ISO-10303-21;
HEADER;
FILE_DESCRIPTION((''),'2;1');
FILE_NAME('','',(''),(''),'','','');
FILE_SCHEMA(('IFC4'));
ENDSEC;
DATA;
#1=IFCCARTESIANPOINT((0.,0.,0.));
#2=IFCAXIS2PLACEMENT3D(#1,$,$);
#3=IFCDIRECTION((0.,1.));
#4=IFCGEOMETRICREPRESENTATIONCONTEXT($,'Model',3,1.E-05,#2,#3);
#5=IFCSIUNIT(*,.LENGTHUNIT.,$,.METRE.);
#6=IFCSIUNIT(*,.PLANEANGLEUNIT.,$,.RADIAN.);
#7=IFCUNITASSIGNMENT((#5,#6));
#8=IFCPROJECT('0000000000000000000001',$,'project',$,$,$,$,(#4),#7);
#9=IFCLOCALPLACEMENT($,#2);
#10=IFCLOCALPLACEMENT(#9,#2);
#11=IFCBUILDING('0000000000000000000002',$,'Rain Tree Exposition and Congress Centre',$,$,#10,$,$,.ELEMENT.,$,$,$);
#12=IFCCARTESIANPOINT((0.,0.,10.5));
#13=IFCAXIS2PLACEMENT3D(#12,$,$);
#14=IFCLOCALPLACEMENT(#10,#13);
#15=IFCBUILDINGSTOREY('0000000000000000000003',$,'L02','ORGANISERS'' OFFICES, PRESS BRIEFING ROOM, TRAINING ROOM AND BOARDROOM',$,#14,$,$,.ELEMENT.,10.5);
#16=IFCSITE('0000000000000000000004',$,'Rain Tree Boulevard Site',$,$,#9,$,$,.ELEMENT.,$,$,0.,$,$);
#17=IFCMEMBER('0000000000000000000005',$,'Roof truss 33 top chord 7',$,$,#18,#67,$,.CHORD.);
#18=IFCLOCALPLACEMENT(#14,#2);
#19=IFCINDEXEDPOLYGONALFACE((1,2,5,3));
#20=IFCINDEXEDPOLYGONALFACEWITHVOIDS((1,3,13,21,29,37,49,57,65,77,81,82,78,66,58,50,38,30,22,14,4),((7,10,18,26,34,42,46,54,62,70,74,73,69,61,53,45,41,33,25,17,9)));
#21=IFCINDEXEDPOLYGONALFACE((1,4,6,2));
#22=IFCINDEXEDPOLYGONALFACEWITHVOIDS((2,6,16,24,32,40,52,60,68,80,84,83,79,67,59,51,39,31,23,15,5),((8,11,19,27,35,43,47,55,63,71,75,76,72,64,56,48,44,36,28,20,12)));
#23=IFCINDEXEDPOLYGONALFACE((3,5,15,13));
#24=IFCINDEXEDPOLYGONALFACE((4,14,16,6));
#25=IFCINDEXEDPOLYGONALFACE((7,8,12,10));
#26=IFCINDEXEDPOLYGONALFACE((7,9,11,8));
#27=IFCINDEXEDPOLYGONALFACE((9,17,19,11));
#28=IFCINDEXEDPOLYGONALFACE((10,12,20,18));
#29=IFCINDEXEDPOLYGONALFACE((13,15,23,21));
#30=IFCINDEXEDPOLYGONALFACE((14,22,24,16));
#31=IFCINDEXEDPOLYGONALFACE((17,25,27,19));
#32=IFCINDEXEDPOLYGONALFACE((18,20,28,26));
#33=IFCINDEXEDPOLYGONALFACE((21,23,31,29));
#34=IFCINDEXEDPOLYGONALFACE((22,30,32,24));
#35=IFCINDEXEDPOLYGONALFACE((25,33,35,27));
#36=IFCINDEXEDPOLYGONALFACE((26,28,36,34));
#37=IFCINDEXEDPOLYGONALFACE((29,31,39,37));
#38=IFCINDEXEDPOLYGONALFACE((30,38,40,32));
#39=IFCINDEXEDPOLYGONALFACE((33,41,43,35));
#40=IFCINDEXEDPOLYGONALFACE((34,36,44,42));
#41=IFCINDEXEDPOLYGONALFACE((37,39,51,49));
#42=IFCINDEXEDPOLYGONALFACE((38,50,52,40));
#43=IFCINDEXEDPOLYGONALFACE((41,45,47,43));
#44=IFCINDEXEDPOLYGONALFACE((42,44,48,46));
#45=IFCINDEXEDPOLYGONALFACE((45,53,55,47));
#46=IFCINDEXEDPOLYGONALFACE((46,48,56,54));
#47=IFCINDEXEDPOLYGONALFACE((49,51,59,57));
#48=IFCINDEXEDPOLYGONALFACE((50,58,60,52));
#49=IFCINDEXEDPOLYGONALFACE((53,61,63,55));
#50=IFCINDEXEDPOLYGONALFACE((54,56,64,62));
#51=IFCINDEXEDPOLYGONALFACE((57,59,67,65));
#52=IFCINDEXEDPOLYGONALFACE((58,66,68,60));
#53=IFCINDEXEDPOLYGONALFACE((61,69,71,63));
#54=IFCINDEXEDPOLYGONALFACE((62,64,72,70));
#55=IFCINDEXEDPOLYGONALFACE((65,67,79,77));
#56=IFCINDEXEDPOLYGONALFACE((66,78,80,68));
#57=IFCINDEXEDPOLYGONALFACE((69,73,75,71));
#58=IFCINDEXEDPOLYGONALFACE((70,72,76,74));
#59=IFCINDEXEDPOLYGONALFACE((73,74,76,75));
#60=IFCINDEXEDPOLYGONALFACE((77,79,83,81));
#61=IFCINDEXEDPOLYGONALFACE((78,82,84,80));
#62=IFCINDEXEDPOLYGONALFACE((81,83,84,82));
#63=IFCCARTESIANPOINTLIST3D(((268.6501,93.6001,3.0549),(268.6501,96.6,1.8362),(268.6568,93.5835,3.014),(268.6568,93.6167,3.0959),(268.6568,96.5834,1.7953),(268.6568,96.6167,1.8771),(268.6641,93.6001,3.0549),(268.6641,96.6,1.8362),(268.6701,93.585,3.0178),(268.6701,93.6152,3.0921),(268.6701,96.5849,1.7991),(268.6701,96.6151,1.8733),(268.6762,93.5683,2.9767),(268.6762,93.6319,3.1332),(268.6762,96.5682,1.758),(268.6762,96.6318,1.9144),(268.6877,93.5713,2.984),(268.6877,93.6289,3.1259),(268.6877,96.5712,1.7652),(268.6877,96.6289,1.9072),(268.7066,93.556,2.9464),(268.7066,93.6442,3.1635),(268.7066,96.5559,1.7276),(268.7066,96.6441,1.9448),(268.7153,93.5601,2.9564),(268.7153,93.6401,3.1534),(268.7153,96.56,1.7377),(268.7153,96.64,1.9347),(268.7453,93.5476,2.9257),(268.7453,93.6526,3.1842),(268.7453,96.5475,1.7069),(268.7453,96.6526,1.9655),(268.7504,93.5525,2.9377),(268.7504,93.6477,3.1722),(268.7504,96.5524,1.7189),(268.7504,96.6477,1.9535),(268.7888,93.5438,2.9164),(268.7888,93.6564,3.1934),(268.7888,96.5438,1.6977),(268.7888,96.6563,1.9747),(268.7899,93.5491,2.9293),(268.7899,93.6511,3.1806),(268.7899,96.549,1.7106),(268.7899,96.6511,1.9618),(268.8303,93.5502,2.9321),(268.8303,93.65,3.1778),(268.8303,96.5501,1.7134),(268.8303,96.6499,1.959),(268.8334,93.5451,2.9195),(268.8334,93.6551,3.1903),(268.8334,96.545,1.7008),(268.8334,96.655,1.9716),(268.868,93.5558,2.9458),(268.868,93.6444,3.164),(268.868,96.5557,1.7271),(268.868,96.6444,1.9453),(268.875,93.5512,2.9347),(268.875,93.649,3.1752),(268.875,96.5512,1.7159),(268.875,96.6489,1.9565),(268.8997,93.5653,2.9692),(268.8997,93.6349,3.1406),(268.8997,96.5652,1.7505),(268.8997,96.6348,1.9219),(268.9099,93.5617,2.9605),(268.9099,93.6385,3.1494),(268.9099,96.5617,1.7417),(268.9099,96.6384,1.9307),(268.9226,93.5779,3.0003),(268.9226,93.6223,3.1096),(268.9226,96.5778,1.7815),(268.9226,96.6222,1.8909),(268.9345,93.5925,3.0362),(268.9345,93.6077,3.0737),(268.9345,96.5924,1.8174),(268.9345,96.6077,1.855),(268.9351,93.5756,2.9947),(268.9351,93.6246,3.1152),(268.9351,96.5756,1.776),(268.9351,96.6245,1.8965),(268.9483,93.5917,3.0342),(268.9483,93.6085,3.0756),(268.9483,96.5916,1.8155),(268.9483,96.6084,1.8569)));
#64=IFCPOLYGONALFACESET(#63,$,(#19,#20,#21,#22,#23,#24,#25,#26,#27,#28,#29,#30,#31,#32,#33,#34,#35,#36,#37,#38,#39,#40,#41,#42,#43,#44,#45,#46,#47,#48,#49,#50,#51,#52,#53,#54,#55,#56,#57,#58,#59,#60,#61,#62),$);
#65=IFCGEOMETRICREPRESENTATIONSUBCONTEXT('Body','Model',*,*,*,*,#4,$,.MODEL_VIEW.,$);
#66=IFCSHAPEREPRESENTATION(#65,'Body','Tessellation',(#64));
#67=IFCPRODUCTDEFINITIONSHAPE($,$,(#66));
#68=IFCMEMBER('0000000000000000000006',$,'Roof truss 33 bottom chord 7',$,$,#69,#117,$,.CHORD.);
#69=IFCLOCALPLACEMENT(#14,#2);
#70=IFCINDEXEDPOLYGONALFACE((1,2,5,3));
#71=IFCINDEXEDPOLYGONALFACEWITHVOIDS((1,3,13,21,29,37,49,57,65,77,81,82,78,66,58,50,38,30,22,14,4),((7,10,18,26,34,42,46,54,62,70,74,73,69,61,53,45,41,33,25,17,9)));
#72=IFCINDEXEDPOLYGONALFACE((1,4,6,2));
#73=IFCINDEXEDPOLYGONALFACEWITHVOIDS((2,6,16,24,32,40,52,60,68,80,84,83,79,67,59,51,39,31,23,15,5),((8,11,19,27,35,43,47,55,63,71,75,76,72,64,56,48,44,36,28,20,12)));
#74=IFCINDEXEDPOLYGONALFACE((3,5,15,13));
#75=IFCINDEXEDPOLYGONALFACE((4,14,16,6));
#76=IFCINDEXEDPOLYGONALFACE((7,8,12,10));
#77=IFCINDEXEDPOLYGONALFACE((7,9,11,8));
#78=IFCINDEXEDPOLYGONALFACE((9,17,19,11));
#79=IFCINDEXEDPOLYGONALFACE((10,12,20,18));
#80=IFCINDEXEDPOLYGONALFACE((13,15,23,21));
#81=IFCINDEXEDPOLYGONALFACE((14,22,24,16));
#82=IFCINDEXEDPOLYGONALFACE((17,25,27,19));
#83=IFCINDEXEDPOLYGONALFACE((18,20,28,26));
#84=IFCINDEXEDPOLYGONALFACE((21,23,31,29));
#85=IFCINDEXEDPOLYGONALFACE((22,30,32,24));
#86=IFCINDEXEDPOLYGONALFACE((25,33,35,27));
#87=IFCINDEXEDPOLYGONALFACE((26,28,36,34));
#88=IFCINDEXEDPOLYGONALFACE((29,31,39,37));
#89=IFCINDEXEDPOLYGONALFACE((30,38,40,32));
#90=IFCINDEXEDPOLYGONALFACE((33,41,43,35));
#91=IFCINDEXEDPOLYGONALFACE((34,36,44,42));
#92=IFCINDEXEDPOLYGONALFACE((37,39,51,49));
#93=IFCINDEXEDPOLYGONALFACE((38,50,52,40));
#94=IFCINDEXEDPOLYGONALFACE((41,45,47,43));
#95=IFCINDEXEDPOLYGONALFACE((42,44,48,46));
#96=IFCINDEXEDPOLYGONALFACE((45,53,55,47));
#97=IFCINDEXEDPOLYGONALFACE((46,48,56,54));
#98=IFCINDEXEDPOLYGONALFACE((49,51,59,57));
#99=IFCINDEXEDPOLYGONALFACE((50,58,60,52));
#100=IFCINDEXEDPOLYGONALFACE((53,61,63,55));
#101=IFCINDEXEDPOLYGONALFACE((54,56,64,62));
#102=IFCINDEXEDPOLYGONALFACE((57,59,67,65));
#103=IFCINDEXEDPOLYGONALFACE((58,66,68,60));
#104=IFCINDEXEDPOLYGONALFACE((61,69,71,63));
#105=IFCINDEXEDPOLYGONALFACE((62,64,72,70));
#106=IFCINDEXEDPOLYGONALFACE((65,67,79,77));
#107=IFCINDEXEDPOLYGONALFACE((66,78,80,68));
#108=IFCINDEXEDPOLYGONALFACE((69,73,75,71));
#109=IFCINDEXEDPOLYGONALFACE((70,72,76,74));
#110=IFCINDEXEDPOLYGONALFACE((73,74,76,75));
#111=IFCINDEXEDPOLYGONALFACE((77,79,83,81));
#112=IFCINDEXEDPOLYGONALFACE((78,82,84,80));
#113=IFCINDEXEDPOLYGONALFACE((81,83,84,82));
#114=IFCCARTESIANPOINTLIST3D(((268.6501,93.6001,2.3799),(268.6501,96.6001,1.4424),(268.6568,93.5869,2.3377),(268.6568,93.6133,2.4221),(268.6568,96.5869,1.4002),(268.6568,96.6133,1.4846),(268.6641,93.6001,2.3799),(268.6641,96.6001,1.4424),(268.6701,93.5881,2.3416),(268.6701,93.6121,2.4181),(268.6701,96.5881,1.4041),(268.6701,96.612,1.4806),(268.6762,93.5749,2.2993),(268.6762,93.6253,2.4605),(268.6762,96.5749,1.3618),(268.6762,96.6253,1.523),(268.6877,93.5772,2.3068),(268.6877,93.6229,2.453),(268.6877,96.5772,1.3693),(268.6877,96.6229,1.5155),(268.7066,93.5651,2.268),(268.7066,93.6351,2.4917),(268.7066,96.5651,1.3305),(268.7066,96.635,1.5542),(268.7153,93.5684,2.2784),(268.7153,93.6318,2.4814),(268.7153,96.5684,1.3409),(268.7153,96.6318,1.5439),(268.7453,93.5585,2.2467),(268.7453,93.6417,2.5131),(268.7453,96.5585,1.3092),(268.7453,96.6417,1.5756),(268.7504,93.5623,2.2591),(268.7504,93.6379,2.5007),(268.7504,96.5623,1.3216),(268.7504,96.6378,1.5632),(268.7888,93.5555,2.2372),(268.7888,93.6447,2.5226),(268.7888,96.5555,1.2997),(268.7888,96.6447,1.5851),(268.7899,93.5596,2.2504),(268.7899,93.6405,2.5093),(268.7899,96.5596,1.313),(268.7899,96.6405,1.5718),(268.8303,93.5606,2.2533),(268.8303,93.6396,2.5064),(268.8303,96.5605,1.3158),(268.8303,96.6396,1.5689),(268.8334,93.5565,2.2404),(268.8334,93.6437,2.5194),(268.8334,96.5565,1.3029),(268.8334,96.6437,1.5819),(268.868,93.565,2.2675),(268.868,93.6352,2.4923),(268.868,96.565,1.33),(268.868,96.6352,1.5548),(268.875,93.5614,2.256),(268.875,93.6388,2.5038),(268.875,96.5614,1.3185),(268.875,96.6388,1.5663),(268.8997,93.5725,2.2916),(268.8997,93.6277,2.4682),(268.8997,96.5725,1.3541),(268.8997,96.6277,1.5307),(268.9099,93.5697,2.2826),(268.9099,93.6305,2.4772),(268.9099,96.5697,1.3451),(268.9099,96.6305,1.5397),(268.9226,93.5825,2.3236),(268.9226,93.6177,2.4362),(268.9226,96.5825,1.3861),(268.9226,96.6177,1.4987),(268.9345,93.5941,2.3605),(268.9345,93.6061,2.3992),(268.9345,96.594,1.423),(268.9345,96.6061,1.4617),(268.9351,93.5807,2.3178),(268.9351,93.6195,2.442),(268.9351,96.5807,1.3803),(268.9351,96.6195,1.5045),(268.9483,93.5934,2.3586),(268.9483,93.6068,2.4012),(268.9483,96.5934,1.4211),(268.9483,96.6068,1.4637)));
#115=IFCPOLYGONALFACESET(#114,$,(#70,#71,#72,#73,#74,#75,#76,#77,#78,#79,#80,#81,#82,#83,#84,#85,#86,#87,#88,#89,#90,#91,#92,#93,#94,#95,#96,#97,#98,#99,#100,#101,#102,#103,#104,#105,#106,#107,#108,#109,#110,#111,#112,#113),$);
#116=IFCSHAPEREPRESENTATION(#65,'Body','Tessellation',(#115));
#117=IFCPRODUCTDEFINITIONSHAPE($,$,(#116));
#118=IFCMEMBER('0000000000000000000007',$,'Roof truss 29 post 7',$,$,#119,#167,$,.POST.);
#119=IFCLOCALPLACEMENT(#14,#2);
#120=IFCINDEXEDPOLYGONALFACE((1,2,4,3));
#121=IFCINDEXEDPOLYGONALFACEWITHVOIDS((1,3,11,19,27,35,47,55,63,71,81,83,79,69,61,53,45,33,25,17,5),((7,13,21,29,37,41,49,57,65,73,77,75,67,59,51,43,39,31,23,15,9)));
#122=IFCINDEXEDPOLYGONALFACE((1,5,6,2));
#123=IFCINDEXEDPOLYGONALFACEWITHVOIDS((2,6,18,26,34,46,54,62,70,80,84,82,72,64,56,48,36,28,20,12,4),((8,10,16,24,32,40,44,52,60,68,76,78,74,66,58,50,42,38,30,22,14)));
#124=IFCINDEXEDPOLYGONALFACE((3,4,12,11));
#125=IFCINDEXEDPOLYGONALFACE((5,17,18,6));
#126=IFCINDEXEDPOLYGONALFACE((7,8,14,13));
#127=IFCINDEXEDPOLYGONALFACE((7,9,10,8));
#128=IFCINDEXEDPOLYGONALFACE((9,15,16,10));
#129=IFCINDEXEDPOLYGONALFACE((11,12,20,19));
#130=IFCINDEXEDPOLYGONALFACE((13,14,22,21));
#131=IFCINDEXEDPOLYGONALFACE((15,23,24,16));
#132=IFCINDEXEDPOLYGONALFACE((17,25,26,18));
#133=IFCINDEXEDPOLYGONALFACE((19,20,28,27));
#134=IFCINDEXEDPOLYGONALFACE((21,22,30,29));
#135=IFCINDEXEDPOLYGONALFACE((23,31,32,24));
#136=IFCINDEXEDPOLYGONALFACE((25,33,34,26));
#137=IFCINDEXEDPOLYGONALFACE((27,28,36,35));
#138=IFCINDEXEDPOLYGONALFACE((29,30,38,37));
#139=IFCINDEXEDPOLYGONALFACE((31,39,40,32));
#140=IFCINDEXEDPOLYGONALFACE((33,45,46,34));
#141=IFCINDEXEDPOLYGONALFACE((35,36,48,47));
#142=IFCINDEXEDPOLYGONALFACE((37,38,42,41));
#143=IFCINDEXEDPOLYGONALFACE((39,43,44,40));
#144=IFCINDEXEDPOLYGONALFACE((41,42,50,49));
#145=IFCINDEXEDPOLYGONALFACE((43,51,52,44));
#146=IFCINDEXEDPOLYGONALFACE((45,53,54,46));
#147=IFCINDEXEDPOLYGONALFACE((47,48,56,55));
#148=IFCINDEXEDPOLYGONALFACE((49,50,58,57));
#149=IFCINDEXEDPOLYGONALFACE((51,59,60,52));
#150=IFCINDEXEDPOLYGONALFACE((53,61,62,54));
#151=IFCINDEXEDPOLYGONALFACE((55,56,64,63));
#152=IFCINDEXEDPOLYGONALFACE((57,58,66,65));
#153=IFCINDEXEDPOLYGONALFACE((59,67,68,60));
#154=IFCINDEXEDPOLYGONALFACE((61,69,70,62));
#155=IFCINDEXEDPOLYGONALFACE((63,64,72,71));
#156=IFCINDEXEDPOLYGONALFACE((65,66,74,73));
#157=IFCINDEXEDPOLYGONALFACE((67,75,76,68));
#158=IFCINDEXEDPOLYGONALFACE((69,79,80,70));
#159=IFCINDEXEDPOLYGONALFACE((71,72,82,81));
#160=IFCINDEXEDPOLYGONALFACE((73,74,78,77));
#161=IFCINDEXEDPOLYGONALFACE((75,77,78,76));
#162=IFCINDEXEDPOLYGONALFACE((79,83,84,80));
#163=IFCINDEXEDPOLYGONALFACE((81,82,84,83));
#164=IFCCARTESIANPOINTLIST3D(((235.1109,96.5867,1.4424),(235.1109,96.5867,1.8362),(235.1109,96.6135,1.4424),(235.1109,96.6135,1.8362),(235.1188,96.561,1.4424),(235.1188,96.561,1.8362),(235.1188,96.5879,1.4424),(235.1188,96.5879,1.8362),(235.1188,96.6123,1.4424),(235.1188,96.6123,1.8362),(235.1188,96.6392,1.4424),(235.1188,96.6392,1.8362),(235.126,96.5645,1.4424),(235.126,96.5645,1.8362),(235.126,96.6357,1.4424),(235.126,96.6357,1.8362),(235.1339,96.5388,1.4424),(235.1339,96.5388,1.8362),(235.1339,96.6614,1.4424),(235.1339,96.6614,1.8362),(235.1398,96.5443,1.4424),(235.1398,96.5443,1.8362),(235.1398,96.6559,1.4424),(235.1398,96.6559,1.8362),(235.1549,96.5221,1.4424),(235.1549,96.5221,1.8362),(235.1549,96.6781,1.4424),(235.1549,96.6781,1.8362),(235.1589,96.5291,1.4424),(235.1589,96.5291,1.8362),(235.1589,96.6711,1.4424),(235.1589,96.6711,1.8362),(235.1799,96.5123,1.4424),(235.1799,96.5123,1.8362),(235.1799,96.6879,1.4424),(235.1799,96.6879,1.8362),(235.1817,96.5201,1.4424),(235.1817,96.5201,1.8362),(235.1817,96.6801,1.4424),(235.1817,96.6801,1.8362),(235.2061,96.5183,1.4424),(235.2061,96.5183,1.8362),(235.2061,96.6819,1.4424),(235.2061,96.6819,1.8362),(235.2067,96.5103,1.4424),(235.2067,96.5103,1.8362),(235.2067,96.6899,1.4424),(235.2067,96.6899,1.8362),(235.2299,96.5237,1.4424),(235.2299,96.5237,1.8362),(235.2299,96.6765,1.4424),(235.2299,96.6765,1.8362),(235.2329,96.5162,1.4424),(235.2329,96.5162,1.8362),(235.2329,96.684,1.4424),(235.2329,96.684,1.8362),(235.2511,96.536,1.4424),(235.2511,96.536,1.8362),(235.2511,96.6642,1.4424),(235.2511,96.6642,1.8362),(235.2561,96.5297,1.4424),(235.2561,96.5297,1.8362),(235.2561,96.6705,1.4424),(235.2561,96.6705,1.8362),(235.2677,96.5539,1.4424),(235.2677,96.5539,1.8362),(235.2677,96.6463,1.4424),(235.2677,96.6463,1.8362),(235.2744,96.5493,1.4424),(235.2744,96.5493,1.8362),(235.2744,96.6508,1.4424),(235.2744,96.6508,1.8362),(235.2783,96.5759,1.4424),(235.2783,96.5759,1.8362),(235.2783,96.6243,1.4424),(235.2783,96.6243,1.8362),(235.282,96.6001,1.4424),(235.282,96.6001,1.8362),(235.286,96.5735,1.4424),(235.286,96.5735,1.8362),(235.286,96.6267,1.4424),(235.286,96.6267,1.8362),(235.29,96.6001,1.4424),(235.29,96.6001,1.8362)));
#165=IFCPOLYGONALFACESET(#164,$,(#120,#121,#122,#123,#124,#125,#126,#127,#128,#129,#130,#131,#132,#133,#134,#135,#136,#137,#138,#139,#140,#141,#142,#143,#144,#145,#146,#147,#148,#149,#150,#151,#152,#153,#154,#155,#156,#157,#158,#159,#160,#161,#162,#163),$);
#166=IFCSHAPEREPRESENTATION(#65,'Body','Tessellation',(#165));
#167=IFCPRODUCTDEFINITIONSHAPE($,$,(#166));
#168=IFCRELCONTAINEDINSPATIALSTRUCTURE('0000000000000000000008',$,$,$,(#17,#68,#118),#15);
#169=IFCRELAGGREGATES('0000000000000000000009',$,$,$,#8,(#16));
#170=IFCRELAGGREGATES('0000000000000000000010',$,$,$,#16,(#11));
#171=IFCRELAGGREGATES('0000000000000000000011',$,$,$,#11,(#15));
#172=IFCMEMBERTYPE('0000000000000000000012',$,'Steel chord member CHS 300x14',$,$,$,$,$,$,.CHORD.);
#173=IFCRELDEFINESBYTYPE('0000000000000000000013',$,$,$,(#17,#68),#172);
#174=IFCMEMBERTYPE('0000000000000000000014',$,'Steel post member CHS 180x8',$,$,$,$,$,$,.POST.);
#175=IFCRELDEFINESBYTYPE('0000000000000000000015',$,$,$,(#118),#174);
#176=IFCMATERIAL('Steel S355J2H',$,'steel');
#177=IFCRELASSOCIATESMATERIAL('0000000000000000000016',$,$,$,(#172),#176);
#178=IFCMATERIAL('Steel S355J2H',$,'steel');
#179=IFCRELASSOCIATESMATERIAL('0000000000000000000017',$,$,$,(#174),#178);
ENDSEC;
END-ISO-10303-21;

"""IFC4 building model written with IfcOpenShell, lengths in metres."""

from ifc_helpers import new_model, si_unit, direction, frame, origin, origin_2d, place, context, subcontext, project, spatial, hollow_circle, extrude, material, material_profile, profile_set, type_object, element, save


model = new_model("IFC4")

# Units and contexts
model_context = context("Model", 3, precision=1e-05, world=origin(), true_north=direction((0.0, 1.0)))
body_context = subcontext(model_context, "Body", "Model", "MODEL_VIEW")
ifc_project = project(units=[si_unit("LENGTHUNIT", "METRE"), si_unit("PLANEANGLEUNIT", "RADIAN")], contexts=[model_context])

# Site, building, storey
site_placement = place(None, origin())
site = spatial("IfcSite", under=ifc_project, at=site_placement, Name="Rain Tree Boulevard Site", CompositionType="ELEMENT", RefElevation=0.0)
building_placement = place(site_placement, origin())
building = spatial("IfcBuilding", under=site, at=building_placement, Name="Rain Tree Exposition and Congress Centre", CompositionType="ELEMENT")
storey_placement = place(building_placement, frame((0.0, 0.0, 10.5)))
storey = spatial("IfcBuildingStorey", under=building, at=storey_placement, Name="L02", Description="ORGANISERS' OFFICES, PRESS BRIEFING ROOM, TRAINING ROOM AND BOARDROOM", CompositionType="ELEMENT", Elevation=10.5)

# Members
ifc_material_1 = material(Name="Steel S355J2H", Category="steel")
ifc_material_profile_1 = material_profile(ifc_material_1, hollow_circle(Radius=0.1499, WallThickness=0.0139, at=origin_2d()), Name="CHS 300x14")
ifc_profile_set_1 = profile_set([ifc_material_profile_1], Name="Steel S355J2H")
member_type_1 = type_object("IfcMemberType", Name="Steel chord member CHS 300x14", PredefinedType="CHORD", material=ifc_profile_set_1)
member_1_placement = place(storey_placement, frame((268.8, 93.6001, 3.0549), z_axis=(0.0, 0.926467, -0.376377), x_axis=(-1.0, 0.0, 0.0)))
element("IfcMember", 1, at=member_1_placement, inside=storey, type_object=member_type_1, Name="Roof truss 33 top chord 7", PredefinedType="CHORD", context=body_context, shape_type="SweptSolid", body=[
    extrude(hollow_circle(Radius=0.1499, WallThickness=0.0139, at=origin_2d()), origin(), (0.0, 0.0, 1.0), 3.238),
])
member_2_placement = place(storey_placement, frame((268.8, 93.6001, 2.3799), z_axis=(0.0, 0.95448, -0.298275), x_axis=(-1.0, 0.0, 0.0)))
element("IfcMember", 2, at=member_2_placement, inside=storey, type_object=member_type_1, Name="Roof truss 33 bottom chord 7", PredefinedType="CHORD", context=body_context, shape_type="SweptSolid", body=[
    extrude(hollow_circle(Radius=0.1499, WallThickness=0.0139, at=origin_2d()), origin(), (0.0, 0.0, 1.0), 3.1431),
])
ifc_material_2 = material(Name="Steel S355J2H", Category="steel")
ifc_material_profile_2 = material_profile(ifc_material_2, hollow_circle(Radius=0.0901, WallThickness=0.0081, at=origin_2d()), Name="CHS 180x8")
ifc_profile_set_2 = profile_set([ifc_material_profile_2], Name="Steel S355J2H")
member_type_2 = type_object("IfcMemberType", Name="Steel post member CHS 180x8", PredefinedType="POST", material=ifc_profile_set_2)
member_3_placement = place(storey_placement, frame((235.2, 96.6001, 1.4424), z_axis=(0.0, 0.0, 1.0), x_axis=(1.0, 0.0, 0.0)))
element("IfcMember", 3, at=member_3_placement, inside=storey, type_object=member_type_2, Name="Roof truss 29 post 7", PredefinedType="POST", context=body_context, shape_type="SweptSolid", body=[
    extrude(hollow_circle(Radius=0.0901, WallThickness=0.0081, at=origin_2d()), origin(), (0.0, 0.0, 1.0), 0.3938),
])

save(model, "model.ifc")
